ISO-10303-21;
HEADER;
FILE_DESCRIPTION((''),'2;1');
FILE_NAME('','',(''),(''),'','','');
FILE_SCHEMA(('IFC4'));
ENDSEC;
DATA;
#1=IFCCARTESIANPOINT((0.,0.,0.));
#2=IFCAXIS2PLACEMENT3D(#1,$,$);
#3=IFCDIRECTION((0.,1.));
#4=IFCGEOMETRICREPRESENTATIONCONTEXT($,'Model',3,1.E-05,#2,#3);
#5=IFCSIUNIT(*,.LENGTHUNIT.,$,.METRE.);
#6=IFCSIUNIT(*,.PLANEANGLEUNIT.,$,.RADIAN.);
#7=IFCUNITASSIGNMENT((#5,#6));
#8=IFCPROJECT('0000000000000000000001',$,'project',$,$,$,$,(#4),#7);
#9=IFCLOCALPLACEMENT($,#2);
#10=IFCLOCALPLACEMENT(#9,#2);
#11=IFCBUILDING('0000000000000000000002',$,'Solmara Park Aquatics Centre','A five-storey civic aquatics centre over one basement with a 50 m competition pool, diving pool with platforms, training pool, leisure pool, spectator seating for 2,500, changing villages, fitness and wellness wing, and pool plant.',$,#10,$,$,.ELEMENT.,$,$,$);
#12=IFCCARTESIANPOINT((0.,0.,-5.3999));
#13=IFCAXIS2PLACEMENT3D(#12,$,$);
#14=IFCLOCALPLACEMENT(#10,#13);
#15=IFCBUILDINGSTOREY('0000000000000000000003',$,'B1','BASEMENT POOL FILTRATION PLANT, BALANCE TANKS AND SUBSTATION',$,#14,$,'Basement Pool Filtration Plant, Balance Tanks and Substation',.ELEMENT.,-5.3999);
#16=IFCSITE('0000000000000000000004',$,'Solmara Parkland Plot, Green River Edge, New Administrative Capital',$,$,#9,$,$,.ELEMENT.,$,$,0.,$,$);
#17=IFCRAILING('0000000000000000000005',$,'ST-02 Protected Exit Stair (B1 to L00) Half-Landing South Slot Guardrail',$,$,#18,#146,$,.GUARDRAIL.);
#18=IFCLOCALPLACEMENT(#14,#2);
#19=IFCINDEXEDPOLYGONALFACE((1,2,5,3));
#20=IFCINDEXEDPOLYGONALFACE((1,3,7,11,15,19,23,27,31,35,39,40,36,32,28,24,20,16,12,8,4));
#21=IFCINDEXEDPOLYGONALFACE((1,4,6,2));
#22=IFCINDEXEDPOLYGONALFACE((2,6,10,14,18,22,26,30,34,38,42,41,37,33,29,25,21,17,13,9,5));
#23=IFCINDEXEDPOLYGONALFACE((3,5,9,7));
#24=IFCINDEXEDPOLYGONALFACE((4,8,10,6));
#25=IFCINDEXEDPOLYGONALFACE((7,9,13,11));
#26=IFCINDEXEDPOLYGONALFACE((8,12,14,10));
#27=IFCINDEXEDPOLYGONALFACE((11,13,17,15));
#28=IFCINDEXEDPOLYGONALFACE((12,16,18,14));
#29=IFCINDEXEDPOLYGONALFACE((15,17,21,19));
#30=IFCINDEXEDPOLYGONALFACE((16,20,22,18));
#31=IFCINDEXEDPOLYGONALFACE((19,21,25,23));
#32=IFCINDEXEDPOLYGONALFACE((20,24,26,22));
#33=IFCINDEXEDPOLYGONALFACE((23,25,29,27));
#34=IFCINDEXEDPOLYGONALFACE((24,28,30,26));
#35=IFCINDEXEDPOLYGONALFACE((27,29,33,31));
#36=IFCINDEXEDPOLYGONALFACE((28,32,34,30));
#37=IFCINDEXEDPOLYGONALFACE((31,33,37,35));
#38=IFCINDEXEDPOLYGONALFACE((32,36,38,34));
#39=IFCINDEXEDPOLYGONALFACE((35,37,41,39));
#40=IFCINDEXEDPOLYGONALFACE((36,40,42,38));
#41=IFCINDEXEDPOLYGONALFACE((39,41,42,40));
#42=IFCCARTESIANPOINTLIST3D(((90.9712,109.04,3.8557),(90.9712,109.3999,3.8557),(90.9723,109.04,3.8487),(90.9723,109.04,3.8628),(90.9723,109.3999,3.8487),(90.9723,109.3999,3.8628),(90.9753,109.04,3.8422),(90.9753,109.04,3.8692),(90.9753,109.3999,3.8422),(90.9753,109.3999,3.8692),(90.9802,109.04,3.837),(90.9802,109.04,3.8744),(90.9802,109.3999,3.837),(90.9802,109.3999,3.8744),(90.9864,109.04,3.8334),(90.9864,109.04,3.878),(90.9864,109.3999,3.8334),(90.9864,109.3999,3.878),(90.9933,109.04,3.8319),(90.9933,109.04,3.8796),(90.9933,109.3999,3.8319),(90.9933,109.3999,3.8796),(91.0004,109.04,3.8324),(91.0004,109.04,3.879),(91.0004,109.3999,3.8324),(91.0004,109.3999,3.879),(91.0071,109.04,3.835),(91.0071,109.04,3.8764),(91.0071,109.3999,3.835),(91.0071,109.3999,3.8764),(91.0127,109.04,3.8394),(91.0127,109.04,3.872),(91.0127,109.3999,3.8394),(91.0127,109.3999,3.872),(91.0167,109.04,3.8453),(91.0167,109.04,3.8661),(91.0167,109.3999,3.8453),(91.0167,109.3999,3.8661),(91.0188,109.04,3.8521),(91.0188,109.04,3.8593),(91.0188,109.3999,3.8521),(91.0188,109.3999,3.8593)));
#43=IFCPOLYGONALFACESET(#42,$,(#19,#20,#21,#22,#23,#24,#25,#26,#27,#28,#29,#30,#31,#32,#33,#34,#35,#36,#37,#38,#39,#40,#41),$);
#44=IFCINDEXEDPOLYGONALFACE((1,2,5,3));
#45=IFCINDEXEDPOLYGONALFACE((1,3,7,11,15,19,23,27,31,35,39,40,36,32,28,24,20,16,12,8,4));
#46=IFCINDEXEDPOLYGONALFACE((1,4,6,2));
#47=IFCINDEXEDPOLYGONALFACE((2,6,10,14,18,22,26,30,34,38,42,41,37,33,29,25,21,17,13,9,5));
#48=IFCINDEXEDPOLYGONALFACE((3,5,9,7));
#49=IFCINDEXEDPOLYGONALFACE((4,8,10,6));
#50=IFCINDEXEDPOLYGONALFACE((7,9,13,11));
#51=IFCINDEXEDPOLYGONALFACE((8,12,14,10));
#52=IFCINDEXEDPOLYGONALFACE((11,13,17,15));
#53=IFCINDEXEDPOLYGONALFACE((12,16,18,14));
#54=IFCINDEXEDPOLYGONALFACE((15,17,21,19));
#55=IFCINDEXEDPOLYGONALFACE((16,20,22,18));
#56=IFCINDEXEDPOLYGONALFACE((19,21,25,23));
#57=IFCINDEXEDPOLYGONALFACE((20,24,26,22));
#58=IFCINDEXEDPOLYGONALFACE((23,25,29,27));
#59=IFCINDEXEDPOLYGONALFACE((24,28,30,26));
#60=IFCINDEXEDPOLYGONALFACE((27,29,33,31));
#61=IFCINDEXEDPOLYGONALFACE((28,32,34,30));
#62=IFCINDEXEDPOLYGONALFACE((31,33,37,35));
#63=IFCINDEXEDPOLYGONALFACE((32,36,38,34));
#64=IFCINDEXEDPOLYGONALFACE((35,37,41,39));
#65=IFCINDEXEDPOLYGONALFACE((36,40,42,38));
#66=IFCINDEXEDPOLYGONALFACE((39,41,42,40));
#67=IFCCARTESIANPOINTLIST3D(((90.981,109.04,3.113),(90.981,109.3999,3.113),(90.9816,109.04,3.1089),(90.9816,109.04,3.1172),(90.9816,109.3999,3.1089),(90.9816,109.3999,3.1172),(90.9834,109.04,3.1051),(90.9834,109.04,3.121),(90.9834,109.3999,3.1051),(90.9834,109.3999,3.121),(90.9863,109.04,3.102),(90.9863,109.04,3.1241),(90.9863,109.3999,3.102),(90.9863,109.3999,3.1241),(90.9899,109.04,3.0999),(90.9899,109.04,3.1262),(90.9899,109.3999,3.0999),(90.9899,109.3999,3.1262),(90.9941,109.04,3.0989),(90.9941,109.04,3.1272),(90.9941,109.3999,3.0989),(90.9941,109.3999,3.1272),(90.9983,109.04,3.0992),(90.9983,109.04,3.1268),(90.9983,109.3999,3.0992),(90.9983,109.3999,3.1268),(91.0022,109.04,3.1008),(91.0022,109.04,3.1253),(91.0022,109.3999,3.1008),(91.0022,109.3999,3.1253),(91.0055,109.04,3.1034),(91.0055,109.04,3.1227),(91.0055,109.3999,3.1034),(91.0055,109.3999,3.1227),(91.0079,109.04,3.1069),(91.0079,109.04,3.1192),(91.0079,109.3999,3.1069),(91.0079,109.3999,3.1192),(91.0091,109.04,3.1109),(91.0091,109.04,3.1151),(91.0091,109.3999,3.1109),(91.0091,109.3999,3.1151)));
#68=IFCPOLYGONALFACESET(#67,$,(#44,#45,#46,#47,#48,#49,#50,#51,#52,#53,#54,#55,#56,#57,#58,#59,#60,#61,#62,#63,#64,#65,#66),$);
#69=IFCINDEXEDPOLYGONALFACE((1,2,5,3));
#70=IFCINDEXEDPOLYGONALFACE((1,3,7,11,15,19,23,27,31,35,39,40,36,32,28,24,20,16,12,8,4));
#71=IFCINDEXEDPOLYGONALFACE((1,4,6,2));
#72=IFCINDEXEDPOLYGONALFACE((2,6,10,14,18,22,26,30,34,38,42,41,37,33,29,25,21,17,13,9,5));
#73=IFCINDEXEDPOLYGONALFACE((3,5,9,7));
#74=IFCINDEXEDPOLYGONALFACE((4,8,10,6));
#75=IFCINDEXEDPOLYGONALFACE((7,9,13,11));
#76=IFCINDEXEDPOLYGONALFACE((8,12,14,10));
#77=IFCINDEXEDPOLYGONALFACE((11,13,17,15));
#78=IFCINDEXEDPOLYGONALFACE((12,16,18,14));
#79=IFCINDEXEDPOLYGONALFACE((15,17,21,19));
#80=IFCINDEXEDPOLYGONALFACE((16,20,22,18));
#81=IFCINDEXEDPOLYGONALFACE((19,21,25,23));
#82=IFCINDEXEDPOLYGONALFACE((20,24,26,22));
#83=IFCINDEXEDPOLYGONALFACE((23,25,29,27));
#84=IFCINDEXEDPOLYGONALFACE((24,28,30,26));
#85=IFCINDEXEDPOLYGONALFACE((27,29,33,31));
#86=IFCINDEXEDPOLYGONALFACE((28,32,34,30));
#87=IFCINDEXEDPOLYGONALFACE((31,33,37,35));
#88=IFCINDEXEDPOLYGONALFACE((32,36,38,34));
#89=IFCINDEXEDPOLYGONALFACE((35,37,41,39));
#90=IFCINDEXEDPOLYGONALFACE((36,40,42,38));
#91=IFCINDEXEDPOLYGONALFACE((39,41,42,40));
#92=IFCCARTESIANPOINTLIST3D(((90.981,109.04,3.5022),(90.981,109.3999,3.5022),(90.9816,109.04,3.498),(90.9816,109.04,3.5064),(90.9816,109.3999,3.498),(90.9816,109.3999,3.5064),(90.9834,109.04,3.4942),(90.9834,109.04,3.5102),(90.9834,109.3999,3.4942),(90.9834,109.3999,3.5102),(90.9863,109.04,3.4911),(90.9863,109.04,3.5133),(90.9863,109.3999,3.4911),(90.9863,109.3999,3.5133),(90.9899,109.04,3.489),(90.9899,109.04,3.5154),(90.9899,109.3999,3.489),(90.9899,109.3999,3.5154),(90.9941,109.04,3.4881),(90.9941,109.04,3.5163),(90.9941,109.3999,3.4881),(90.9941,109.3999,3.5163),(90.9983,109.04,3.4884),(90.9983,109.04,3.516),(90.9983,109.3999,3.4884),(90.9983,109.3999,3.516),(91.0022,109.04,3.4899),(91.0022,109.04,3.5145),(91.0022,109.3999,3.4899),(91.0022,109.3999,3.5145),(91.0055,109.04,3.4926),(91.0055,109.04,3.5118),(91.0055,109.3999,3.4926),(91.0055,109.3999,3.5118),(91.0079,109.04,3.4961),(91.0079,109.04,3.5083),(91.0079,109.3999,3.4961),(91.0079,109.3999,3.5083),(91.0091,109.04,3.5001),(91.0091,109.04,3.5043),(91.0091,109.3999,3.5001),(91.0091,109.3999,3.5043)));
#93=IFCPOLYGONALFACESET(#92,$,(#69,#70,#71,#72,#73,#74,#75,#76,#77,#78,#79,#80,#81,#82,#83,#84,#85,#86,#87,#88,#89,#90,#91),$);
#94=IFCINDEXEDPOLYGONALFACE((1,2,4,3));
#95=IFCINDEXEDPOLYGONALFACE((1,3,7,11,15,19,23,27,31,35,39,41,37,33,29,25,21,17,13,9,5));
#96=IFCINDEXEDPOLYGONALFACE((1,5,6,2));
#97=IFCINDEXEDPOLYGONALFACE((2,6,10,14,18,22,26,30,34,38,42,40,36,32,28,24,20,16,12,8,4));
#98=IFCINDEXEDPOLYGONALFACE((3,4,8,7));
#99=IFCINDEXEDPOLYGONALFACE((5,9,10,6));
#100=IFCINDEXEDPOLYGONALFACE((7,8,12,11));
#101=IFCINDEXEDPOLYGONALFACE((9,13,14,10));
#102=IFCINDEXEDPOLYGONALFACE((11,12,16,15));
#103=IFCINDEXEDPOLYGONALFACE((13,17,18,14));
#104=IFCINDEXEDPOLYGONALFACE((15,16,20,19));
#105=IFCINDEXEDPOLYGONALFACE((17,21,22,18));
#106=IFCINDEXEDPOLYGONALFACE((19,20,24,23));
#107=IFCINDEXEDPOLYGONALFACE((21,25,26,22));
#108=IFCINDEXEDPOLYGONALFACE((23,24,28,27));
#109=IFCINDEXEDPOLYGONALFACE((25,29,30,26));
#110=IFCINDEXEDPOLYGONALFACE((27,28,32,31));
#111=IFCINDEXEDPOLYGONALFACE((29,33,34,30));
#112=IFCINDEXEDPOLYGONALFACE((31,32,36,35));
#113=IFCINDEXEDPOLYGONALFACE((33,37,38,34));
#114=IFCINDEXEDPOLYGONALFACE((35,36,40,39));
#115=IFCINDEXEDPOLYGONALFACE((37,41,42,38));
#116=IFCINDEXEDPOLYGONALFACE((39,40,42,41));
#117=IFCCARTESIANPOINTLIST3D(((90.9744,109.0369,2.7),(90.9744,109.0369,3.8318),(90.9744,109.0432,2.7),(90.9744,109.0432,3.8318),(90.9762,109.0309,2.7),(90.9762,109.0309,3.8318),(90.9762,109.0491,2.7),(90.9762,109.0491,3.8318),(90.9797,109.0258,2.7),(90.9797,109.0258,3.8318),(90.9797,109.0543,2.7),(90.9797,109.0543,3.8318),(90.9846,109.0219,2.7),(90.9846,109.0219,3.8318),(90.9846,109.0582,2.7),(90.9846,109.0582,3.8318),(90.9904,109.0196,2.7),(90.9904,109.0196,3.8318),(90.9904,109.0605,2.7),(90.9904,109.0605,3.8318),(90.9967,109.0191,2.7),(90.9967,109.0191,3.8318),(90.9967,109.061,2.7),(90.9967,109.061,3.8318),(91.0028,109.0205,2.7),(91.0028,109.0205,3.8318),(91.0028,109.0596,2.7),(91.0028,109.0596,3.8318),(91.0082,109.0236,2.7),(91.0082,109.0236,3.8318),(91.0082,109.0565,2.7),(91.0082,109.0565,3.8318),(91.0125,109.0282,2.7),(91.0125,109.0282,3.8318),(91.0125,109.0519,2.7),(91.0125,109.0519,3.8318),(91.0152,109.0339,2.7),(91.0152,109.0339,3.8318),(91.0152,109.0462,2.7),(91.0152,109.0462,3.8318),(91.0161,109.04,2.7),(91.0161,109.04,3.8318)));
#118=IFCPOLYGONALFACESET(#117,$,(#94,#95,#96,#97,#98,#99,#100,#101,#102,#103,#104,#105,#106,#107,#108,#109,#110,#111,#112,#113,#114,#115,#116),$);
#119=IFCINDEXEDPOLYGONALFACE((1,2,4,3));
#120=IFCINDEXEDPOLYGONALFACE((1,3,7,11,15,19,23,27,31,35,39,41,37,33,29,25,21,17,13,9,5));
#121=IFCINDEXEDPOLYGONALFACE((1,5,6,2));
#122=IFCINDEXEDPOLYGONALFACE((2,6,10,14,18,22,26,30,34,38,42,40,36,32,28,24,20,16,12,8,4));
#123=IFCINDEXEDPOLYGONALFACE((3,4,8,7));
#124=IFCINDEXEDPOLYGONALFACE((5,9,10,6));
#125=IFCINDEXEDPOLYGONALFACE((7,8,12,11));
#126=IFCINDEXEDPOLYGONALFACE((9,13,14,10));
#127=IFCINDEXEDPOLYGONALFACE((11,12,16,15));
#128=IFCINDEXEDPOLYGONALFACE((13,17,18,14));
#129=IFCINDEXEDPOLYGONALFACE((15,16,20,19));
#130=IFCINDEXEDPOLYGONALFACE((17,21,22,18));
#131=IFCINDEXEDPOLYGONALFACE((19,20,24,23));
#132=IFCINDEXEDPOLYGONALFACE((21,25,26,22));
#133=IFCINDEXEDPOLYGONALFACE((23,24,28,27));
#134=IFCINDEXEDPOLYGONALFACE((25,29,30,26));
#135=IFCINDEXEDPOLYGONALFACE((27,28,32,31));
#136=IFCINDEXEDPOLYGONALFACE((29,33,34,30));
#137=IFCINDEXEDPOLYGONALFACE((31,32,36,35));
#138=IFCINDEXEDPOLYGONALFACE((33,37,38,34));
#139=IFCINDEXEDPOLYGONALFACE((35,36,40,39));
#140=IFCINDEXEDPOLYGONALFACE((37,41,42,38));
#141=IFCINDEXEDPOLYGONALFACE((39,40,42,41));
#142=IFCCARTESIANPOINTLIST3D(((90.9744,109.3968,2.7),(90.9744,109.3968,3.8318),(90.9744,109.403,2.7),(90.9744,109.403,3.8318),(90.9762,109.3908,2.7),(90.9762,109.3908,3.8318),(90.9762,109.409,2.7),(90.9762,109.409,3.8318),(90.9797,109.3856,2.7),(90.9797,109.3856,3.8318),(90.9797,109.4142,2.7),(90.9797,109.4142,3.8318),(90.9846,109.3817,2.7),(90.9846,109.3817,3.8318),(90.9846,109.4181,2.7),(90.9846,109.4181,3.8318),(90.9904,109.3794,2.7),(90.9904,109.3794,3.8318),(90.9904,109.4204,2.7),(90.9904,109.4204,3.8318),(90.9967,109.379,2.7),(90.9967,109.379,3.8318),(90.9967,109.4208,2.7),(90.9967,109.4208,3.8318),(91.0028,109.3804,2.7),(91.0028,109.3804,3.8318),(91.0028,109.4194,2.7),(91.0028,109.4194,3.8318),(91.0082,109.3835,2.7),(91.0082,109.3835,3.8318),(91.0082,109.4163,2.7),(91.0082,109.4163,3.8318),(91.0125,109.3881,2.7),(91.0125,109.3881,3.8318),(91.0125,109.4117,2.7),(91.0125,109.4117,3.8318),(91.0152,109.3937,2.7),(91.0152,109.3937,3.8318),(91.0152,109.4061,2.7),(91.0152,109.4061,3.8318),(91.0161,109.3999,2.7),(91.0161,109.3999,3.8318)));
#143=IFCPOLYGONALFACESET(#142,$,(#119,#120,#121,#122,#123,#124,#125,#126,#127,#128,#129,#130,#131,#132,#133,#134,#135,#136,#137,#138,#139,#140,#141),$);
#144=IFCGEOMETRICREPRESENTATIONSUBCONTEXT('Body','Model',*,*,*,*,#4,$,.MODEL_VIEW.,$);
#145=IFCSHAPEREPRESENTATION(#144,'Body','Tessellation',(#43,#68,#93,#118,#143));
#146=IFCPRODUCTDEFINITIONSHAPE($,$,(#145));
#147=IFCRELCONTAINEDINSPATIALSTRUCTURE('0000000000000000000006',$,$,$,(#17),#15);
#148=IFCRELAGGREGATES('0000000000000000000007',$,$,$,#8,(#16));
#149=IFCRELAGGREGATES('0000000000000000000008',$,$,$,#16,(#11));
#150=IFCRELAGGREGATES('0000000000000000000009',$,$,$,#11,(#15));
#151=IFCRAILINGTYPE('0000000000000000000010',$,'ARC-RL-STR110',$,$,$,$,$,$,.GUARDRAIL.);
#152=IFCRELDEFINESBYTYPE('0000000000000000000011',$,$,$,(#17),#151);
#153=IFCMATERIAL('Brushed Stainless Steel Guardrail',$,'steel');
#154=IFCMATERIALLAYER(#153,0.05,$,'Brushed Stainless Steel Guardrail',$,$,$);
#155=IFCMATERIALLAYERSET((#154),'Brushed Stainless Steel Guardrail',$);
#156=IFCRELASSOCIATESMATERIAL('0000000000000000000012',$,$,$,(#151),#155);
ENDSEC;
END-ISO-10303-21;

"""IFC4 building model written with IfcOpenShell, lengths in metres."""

from ifc_helpers import new_model, si_unit, direction, frame, origin, origin_2d, place, context, subcontext, project, spatial, circle, extrude, material, layer, layer_set, type_object, element, save


model = new_model("IFC4")

# Units and contexts
model_context = context("Model", 3, precision=1e-05, world=origin(), true_north=direction((0.0, 1.0)))
body_context = subcontext(model_context, "Body", "Model", "MODEL_VIEW")
ifc_project = project(units=[si_unit("LENGTHUNIT", "METRE"), si_unit("PLANEANGLEUNIT", "RADIAN")], contexts=[model_context])

# Site, building, storey
site_placement = place(None, origin())
site = spatial("IfcSite", under=ifc_project, at=site_placement, Name="Solmara Parkland Plot, Green River Edge, New Administrative Capital", CompositionType="ELEMENT", RefElevation=0.0)
building_placement = place(site_placement, origin())
building = spatial("IfcBuilding", under=site, at=building_placement, Name="Solmara Park Aquatics Centre", Description="A five-storey civic aquatics centre over one basement with a 50 m competition pool, diving pool with platforms, training pool, leisure pool, spectator seating for 2,500, changing villages, fitness and wellness wing, and pool plant.", CompositionType="ELEMENT")
storey_placement = place(building_placement, frame((0.0, 0.0, -5.3999)))
storey = spatial("IfcBuildingStorey", under=building, at=storey_placement, Name="B1", Description="BASEMENT POOL FILTRATION PLANT, BALANCE TANKS AND SUBSTATION", LongName="Basement Pool Filtration Plant, Balance Tanks and Substation", CompositionType="ELEMENT", Elevation=-5.3999)

# Railing
ifc_material_1 = material(Name="Brushed Stainless Steel Guardrail", Category="steel")
ifc_layer_1 = layer(ifc_material_1, 0.05, Name="Brushed Stainless Steel Guardrail")
ifc_layer_set_1 = layer_set([ifc_layer_1], Name="Brushed Stainless Steel Guardrail")
railing_type_1 = type_object("IfcRailingType", Name="ARC-RL-STR110", PredefinedType="GUARDRAIL", material=ifc_layer_set_1)
railing_1_placement = place(storey_placement, frame((90.9951, 109.04, 2.7)))
element("IfcRailing", 1, at=railing_1_placement, inside=storey, type_object=railing_type_1, Name="ST-02 Protected Exit Stair (B1 to L00) Half-Landing South Slot Guardrail", PredefinedType="GUARDRAIL", context=body_context, shape_type="SweptSolid", body=[
    extrude(circle(Radius=0.0239, at=origin_2d()), frame((0.0, 0.0, 1.1558), z_axis=(0.0, 1.0, 0.0), x_axis=(-1.0, 0.0, 0.0)), (0.0, 0.0, 1.0), 0.3599),
    extrude(circle(Radius=0.0142, at=origin_2d()), frame((0.0, 0.0, 0.4131), z_axis=(0.0, 1.0, 0.0), x_axis=(-1.0, 0.0, 0.0)), (0.0, 0.0, 1.0), 0.3599),
    extrude(circle(Radius=0.0142, at=origin_2d()), frame((0.0, 0.0, 0.8022), z_axis=(0.0, 1.0, 0.0), x_axis=(-1.0, 0.0, 0.0)), (0.0, 0.0, 1.0), 0.3599),
    extrude(circle(Radius=0.021, at=origin_2d()), origin(), (0.0, 0.0, 1.0), 1.1318),
    extrude(circle(Radius=0.021, at=origin_2d()), frame((0.0, 0.3599, 0.0)), (0.0, 0.0, 1.0), 1.1318),
])

save(model, "model.ifc")
